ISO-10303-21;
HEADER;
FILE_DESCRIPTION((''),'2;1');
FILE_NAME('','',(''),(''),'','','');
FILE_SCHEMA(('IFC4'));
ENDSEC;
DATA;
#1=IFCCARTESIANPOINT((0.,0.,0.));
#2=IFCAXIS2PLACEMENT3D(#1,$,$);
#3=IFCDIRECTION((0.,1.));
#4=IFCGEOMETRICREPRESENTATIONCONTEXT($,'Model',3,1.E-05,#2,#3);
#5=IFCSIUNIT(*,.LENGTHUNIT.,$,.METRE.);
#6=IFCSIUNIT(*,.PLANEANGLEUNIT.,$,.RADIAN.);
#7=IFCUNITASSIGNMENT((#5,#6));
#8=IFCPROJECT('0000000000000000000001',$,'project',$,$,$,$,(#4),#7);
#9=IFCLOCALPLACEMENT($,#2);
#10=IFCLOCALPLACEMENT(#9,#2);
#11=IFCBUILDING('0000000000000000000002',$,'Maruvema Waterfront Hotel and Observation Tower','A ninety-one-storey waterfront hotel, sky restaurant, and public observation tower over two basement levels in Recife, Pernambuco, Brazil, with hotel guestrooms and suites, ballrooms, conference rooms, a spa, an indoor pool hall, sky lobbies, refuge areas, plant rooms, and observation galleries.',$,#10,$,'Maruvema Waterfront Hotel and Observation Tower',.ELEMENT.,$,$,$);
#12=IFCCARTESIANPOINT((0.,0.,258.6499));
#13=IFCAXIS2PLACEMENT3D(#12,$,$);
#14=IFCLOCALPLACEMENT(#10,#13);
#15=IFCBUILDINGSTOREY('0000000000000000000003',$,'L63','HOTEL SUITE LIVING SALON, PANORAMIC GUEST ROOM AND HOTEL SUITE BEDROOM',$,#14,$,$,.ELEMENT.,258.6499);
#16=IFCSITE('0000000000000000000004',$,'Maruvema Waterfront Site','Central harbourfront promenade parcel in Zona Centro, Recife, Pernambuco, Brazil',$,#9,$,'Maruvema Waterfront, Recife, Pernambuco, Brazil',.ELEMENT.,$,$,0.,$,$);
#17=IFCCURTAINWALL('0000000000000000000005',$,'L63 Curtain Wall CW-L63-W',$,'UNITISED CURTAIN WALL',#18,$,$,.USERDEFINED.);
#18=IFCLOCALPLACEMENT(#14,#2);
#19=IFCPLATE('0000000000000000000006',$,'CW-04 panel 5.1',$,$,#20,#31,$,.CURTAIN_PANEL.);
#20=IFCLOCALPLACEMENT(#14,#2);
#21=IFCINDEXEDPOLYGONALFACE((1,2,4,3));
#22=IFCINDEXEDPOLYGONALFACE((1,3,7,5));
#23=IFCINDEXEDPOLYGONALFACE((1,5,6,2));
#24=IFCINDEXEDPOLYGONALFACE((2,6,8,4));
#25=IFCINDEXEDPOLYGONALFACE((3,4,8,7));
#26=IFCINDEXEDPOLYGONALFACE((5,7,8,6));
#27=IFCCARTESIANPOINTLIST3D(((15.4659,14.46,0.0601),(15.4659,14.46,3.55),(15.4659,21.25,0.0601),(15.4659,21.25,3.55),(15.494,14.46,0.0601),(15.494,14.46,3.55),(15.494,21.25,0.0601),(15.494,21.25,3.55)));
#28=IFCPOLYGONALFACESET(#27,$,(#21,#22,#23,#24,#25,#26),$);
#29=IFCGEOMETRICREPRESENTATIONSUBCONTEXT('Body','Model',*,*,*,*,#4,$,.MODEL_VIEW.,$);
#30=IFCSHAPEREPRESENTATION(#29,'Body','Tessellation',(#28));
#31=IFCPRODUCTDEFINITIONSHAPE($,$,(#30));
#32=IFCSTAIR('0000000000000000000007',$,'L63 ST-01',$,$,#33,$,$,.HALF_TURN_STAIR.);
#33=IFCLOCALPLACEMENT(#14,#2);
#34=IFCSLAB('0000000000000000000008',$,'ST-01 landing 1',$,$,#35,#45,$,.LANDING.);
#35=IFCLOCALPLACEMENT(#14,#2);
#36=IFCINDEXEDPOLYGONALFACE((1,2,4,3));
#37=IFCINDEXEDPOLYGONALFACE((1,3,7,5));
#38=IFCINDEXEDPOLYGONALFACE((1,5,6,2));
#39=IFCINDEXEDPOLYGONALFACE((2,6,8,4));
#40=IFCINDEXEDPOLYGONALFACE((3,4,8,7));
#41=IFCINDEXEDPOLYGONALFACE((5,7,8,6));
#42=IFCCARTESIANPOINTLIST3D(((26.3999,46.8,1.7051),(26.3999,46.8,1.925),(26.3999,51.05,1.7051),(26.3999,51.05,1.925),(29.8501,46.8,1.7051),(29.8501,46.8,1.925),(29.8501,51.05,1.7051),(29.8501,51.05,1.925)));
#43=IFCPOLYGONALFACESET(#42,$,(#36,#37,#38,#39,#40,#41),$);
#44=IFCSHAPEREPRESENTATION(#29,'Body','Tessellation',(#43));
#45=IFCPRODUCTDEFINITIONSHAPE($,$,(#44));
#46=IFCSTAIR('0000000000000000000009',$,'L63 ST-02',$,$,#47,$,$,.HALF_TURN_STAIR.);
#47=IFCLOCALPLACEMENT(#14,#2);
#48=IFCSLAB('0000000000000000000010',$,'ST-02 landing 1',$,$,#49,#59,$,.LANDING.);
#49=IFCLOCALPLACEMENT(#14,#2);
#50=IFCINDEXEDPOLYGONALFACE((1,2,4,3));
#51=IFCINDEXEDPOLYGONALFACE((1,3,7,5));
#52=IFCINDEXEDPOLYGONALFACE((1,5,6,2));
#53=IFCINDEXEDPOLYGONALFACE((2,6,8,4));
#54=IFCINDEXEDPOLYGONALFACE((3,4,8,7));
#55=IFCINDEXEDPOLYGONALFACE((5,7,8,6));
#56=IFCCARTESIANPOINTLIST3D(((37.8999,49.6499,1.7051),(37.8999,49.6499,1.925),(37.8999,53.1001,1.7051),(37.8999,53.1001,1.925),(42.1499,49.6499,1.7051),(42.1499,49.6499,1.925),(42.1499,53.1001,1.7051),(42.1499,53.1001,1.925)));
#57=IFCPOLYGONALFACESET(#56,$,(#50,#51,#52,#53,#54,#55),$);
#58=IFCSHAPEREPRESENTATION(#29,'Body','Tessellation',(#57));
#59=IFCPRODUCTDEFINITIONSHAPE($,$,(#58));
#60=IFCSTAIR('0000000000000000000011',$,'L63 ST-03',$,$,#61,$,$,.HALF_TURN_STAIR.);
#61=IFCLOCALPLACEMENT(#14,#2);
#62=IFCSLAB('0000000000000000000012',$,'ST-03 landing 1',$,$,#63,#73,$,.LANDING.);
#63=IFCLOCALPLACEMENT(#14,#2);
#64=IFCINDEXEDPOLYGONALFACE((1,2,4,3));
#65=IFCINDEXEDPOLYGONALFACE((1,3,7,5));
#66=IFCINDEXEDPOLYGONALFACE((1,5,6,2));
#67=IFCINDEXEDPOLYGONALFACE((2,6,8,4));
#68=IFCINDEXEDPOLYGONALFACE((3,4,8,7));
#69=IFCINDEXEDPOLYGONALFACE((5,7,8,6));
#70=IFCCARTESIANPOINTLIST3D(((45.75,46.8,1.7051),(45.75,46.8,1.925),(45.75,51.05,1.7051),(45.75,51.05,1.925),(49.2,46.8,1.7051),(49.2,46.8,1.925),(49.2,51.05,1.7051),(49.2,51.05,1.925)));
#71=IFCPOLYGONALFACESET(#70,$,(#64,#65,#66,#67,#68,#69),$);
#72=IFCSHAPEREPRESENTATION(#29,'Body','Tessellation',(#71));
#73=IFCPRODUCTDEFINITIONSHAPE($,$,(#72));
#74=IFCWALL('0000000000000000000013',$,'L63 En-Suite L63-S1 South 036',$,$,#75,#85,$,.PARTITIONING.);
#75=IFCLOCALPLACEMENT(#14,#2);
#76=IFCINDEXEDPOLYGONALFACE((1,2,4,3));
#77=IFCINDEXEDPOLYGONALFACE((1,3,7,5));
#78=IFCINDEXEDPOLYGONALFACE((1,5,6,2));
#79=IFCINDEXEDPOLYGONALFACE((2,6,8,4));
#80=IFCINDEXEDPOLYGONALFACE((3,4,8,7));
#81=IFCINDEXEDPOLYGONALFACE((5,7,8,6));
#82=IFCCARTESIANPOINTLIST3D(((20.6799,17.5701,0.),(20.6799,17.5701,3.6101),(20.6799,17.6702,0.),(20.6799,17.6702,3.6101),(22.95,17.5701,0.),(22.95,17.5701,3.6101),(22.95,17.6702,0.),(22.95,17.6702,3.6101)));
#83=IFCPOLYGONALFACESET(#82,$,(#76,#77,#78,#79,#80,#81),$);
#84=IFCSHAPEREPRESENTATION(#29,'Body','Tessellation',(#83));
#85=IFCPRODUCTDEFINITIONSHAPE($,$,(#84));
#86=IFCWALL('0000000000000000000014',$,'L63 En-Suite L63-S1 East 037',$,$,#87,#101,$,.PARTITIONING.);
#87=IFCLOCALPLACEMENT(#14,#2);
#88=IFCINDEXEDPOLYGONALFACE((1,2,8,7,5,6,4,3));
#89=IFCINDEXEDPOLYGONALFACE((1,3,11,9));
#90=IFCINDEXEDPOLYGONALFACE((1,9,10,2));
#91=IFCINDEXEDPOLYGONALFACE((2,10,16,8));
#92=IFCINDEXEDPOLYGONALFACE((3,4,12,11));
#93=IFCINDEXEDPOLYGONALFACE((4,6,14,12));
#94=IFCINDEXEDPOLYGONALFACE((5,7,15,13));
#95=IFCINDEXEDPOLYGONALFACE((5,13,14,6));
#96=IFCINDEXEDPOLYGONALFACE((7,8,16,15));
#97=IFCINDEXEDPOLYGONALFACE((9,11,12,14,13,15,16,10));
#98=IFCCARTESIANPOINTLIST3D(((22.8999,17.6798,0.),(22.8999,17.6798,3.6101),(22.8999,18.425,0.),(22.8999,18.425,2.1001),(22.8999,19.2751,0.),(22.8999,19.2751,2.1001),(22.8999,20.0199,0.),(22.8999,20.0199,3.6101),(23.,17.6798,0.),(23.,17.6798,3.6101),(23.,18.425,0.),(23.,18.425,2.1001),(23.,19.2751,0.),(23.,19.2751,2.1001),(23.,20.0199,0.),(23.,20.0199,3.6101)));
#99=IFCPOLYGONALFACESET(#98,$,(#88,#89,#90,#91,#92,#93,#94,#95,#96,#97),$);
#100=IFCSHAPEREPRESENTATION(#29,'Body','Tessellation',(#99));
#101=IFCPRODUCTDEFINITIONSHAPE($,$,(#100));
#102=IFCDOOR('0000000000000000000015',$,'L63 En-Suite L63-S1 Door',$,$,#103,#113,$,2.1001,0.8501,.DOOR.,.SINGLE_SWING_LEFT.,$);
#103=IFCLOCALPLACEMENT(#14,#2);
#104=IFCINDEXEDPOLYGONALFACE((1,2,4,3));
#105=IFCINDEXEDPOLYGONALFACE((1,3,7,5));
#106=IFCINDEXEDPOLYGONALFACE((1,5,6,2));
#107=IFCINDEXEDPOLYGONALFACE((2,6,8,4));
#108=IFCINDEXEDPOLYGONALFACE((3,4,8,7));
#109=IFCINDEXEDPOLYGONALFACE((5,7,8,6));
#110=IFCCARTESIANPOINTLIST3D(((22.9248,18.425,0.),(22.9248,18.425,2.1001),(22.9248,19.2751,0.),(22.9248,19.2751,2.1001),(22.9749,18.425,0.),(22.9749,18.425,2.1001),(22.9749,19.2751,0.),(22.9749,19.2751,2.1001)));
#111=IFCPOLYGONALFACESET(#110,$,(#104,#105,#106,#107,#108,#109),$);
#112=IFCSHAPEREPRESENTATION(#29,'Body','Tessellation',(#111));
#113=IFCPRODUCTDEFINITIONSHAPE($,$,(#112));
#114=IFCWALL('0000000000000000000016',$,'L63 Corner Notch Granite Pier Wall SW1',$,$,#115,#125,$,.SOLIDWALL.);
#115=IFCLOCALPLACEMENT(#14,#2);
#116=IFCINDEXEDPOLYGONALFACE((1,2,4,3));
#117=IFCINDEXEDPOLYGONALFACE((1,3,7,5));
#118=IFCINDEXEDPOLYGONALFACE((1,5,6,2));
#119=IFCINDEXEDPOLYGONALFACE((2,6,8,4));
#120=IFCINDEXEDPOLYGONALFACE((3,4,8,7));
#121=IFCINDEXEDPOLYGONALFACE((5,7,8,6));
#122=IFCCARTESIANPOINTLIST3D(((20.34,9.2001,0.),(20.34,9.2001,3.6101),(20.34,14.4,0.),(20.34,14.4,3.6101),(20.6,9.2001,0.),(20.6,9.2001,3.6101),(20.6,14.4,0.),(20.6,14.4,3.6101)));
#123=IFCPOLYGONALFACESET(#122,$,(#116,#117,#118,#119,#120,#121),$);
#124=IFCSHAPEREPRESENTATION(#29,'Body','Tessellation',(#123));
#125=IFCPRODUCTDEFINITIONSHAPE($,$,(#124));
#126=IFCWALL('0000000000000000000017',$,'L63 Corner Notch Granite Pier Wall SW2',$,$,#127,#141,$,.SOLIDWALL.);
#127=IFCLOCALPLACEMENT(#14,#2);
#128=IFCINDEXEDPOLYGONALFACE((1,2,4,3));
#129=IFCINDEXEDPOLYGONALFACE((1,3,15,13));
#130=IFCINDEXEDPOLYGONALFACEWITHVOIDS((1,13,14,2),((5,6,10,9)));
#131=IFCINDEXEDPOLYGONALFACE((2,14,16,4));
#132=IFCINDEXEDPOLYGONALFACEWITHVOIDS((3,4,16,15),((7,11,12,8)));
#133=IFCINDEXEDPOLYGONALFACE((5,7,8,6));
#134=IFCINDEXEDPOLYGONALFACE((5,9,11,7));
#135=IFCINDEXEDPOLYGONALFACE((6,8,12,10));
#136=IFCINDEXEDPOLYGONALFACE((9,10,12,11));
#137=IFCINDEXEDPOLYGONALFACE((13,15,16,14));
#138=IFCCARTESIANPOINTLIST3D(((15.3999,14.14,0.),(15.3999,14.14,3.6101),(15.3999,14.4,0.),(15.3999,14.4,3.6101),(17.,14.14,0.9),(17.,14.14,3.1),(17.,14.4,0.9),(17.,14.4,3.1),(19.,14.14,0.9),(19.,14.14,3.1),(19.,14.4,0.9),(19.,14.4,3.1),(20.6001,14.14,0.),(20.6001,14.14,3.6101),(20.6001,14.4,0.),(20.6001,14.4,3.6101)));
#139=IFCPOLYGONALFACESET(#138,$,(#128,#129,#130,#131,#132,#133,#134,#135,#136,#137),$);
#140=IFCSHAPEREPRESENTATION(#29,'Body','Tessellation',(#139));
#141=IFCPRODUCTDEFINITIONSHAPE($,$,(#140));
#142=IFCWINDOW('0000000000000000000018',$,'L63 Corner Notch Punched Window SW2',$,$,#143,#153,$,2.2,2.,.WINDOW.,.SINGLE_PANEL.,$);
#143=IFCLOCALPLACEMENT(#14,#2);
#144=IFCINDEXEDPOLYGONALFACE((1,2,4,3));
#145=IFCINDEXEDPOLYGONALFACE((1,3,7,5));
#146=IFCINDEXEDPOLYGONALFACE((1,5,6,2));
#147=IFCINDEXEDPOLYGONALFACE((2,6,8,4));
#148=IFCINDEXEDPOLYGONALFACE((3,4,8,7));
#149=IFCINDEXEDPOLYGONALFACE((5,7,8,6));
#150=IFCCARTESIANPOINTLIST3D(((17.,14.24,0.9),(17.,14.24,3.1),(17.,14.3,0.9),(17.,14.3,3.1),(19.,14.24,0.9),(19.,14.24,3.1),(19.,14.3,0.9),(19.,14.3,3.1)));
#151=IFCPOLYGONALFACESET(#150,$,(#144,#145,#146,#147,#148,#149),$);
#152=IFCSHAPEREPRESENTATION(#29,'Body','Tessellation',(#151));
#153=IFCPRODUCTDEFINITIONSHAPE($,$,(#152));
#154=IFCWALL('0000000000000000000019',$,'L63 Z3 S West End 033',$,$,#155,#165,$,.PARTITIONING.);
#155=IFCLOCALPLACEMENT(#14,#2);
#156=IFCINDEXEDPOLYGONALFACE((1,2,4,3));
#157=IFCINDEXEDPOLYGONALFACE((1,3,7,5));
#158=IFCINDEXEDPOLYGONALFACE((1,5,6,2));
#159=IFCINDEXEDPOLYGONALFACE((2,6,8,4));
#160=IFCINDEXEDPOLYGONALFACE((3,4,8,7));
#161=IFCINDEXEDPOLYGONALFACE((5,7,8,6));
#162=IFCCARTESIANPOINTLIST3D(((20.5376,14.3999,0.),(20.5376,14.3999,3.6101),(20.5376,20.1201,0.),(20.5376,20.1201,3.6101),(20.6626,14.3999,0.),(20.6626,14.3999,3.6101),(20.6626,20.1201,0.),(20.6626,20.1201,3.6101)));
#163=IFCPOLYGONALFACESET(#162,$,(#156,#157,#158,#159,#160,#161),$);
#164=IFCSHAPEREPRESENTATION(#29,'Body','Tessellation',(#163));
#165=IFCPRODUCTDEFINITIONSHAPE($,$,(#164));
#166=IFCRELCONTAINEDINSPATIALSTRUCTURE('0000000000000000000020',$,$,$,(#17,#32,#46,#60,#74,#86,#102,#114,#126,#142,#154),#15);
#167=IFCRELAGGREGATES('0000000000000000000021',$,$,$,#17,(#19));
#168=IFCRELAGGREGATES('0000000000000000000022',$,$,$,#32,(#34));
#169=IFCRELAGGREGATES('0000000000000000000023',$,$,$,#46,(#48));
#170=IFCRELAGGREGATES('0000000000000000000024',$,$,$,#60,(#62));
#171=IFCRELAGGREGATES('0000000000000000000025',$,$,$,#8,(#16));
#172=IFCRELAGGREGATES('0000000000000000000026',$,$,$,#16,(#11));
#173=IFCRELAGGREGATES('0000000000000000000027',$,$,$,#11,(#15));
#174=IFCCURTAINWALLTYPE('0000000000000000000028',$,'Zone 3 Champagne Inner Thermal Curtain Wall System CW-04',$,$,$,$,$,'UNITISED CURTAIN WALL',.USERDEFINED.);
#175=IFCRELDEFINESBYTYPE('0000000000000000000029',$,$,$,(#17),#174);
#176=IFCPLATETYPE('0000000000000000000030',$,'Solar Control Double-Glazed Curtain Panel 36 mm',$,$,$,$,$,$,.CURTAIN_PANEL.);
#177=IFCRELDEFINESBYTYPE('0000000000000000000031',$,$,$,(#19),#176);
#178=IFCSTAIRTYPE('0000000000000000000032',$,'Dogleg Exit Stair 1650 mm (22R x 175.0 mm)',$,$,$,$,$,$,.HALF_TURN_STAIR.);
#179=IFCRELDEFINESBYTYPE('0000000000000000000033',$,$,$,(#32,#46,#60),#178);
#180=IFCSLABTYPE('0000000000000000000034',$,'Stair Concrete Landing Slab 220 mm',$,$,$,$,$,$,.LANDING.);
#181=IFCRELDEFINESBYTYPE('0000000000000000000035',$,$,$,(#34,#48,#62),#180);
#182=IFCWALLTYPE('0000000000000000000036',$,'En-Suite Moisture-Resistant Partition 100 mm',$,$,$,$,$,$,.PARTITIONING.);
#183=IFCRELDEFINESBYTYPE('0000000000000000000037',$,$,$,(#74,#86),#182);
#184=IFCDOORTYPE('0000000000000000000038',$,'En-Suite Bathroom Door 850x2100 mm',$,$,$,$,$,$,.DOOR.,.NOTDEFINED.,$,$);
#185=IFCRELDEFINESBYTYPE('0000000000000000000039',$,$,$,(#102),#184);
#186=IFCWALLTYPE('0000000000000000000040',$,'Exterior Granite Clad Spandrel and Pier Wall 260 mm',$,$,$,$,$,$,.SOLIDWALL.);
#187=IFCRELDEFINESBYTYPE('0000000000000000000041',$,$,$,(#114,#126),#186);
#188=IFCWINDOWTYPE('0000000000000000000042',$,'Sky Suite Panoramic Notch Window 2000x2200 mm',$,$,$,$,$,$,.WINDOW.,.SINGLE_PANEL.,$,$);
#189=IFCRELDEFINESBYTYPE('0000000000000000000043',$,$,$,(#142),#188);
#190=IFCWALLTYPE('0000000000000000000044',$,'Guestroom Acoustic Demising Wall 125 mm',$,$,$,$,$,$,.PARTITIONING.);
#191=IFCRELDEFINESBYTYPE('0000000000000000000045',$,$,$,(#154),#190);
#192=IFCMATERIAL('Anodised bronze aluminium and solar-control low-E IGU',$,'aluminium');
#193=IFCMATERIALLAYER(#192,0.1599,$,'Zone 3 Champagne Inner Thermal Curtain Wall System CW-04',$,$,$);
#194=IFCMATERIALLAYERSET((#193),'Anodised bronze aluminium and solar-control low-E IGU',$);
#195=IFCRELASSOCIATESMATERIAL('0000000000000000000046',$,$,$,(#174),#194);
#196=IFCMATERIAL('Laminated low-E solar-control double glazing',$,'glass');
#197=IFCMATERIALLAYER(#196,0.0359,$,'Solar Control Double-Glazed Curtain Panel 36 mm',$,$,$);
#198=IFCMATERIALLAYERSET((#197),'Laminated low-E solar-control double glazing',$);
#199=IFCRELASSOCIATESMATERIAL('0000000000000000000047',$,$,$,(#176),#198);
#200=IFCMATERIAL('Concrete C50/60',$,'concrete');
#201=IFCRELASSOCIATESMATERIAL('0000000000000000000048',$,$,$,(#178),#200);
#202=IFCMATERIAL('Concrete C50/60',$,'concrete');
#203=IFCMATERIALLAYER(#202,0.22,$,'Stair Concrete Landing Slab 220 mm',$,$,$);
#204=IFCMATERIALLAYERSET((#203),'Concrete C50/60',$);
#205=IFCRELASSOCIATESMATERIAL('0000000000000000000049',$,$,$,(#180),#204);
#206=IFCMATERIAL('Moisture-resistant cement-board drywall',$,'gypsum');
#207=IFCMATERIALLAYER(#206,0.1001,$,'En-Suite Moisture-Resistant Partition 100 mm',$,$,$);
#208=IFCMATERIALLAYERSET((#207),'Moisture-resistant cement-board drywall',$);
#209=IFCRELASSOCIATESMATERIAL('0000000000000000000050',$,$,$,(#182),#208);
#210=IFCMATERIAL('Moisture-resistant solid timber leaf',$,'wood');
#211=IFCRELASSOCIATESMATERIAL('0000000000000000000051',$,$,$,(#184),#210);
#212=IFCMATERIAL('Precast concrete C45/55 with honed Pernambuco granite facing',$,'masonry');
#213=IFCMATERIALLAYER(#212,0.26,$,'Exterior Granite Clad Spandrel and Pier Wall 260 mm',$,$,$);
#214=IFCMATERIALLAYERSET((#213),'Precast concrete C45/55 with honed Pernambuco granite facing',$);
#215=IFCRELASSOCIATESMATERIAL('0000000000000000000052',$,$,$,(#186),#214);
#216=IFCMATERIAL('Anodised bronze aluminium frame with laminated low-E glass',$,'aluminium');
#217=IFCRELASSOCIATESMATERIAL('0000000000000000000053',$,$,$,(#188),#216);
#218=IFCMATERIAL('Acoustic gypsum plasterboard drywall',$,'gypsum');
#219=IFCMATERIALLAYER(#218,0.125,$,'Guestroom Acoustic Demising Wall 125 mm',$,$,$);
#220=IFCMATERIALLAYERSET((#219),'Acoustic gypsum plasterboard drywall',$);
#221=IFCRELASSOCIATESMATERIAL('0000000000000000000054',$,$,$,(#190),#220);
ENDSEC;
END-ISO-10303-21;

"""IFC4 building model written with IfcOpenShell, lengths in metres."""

from ifc_helpers import new_model, si_unit, direction, frame, frame_2d, origin, origin_2d, place, context, subcontext, project, spatial, polyline, rectangle, outline, extrude, material, layer, layer_set, type_object, element, fill, aggregate, save


model = new_model("IFC4")

# Units and contexts
model_context = context("Model", 3, precision=1e-05, world=origin(), true_north=direction((0.0, 1.0)))
body_context = subcontext(model_context, "Body", "Model", "MODEL_VIEW")
ifc_project = project(units=[si_unit("LENGTHUNIT", "METRE"), si_unit("PLANEANGLEUNIT", "RADIAN")], contexts=[model_context])

# Site, building, storey
site_placement = place(None, origin())
site = spatial("IfcSite", under=ifc_project, at=site_placement, Name="Maruvema Waterfront Site", Description="Central harbourfront promenade parcel in Zona Centro, Recife, Pernambuco, Brazil", LongName="Maruvema Waterfront, Recife, Pernambuco, Brazil", CompositionType="ELEMENT", RefElevation=0.0)
building_placement = place(site_placement, origin())
building = spatial("IfcBuilding", under=site, at=building_placement, Name="Maruvema Waterfront Hotel and Observation Tower", Description="A ninety-one-storey waterfront hotel, sky restaurant, and public observation tower over two basement levels in Recife, Pernambuco, Brazil, with hotel guestrooms and suites, ballrooms, conference rooms, a spa, an indoor pool hall, sky lobbies, refuge areas, plant rooms, and observation galleries.", LongName="Maruvema Waterfront Hotel and Observation Tower", CompositionType="ELEMENT")
storey_placement = place(building_placement, frame((0.0, 0.0, 258.6499)))
storey = spatial("IfcBuildingStorey", under=building, at=storey_placement, Name="L63", Description="HOTEL SUITE LIVING SALON, PANORAMIC GUEST ROOM AND HOTEL SUITE BEDROOM", CompositionType="ELEMENT", Elevation=258.6499)

# Shared definitions
ifc_material_1 = material(Name="Anodised bronze aluminium and solar-control low-E IGU", Category="aluminium")
ifc_layer_1 = layer(ifc_material_1, 0.1599, Name="Zone 3 Champagne Inner Thermal Curtain Wall System CW-04")
ifc_layer_set_1 = layer_set([ifc_layer_1], Name="Anodised bronze aluminium and solar-control low-E IGU")
curtain_wall_type = type_object("IfcCurtainWallType", Name="Zone 3 Champagne Inner Thermal Curtain Wall System CW-04", ElementType="UNITISED CURTAIN WALL", PredefinedType="USERDEFINED", material=ifc_layer_set_1)

# Curtain wall
curtain_wall_1_placement = place(storey_placement, origin())
curtain_wall_1 = element("IfcCurtainWall", 1, at=curtain_wall_1_placement, inside=storey, type_object=curtain_wall_type, Name="L63 Curtain Wall CW-L63-W", ObjectType="UNITISED CURTAIN WALL", PredefinedType="USERDEFINED")

# Plate
ifc_material_2 = material(Name="Laminated low-E solar-control double glazing", Category="glass")
ifc_layer_2 = layer(ifc_material_2, 0.0359, Name="Solar Control Double-Glazed Curtain Panel 36 mm")
ifc_layer_set_2 = layer_set([ifc_layer_2], Name="Laminated low-E solar-control double glazing")
plate_type = type_object("IfcPlateType", Name="Solar Control Double-Glazed Curtain Panel 36 mm", PredefinedType="CURTAIN_PANEL", material=ifc_layer_set_2)
plate_1_placement = place(storey_placement, frame((15.48, 17.855, 0.0601), z_axis=(0.0, 0.0, 1.0), x_axis=(0.0, -1.0, 0.0)))
plate_1 = element("IfcPlate", 2, at=plate_1_placement, type_object=plate_type, Name="CW-04 panel 5.1", PredefinedType="CURTAIN_PANEL", context=body_context, shape_type="SweptSolid", body=[
    extrude(rectangle(XDim=6.79, YDim=0.0281, at=origin_2d()), origin(), (0.0, 0.0, 1.0), 3.49),
])
aggregate(curtain_wall_1, [plate_1])

# Stairs, slabs
ifc_material_3 = material(Name="Concrete C50/60", Category="concrete")
stair_type = type_object("IfcStairType", Name="Dogleg Exit Stair 1650 mm (22R x 175.0 mm)", PredefinedType="HALF_TURN_STAIR", material=ifc_material_3)
stair_1_placement = place(storey_placement, origin())
stair_1 = element("IfcStair", 3, at=stair_1_placement, inside=storey, type_object=stair_type, Name="L63 ST-01", PredefinedType="HALF_TURN_STAIR")
ifc_material_4 = material(Name="Concrete C50/60", Category="concrete")
ifc_layer_3 = layer(ifc_material_4, 0.22, Name="Stair Concrete Landing Slab 220 mm")
ifc_layer_set_3 = layer_set([ifc_layer_3], Name="Concrete C50/60")
slab_type_1 = type_object("IfcSlabType", Name="Stair Concrete Landing Slab 220 mm", PredefinedType="LANDING", material=ifc_layer_set_3)
slab_1_placement = place(storey_placement, frame((0.0, 0.0, 1.7051)))
slab_1 = element("IfcSlab", 4, at=slab_1_placement, type_object=slab_type_1, Name="ST-01 landing 1", PredefinedType="LANDING", context=body_context, shape_type="SweptSolid", body=[
    extrude(outline(polyline([(29.8501, 46.8), (29.8501, 51.05), (26.3999, 51.05), (26.3999, 46.8), (29.8501, 46.8)])), origin(), (0.0, 0.0, 1.0), 0.22),
])
aggregate(stair_1, [slab_1])
stair_2_placement = place(storey_placement, origin())
stair_2 = element("IfcStair", 5, at=stair_2_placement, inside=storey, type_object=stair_type, Name="L63 ST-02", PredefinedType="HALF_TURN_STAIR")
slab_2_placement = place(storey_placement, frame((0.0, 0.0, 1.7051)))
slab_2 = element("IfcSlab", 6, at=slab_2_placement, type_object=slab_type_1, Name="ST-02 landing 1", PredefinedType="LANDING", context=body_context, shape_type="SweptSolid", body=[
    extrude(outline(polyline([(37.8999, 49.6499), (42.1499, 49.6499), (42.1499, 53.1001), (37.8999, 53.1001), (37.8999, 49.6499)])), origin(), (0.0, 0.0, 1.0), 0.22),
])
aggregate(stair_2, [slab_2])
stair_3_placement = place(storey_placement, origin())
stair_3 = element("IfcStair", 7, at=stair_3_placement, inside=storey, type_object=stair_type, Name="L63 ST-03", PredefinedType="HALF_TURN_STAIR")
slab_3_placement = place(storey_placement, frame((0.0, 0.0, 1.7051)))
slab_3 = element("IfcSlab", 8, at=slab_3_placement, type_object=slab_type_1, Name="ST-03 landing 1", PredefinedType="LANDING", context=body_context, shape_type="SweptSolid", body=[
    extrude(outline(polyline([(49.2, 46.8), (49.2, 51.05), (45.75, 51.05), (45.75, 46.8), (49.2, 46.8)])), origin(), (0.0, 0.0, 1.0), 0.22),
])
aggregate(stair_3, [slab_3])

# Wall
ifc_material_5 = material(Name="Moisture-resistant cement-board drywall", Category="gypsum")
ifc_layer_4 = layer(ifc_material_5, 0.1001, Name="En-Suite Moisture-Resistant Partition 100 mm")
ifc_layer_set_4 = layer_set([ifc_layer_4], Name="Moisture-resistant cement-board drywall")
wall_type_1 = type_object("IfcWallType", Name="En-Suite Moisture-Resistant Partition 100 mm", PredefinedType="PARTITIONING", material=ifc_layer_set_4)
wall_1_placement = place(storey_placement, frame((20.6799, 17.6201, 0.0), z_axis=(0.0, 0.0, 1.0), x_axis=(1.0, 0.0, 0.0)))
element("IfcWall", 9, at=wall_1_placement, inside=storey, type_object=wall_type_1, Name="L63 En-Suite L63-S1 South 036", PredefinedType="PARTITIONING", context=body_context, shape_type="SweptSolid", body=[
    extrude(rectangle(XDim=2.27, YDim=0.1001, at=frame_2d((1.135, 0.0))), origin(), (0.0, 0.0, 1.0), 3.6101),
])

# Wall, opening, door
wall_2_placement = place(storey_placement, frame((22.95, 17.6799, 0.0), z_axis=(0.0, 0.0, 1.0), x_axis=(0.0, 1.0, 0.0)))
wall_2 = element("IfcWall", 10, at=wall_2_placement, inside=storey, type_object=wall_type_1, Name="L63 En-Suite L63-S1 East 037", PredefinedType="PARTITIONING", context=body_context, shape_type="SweptSolid", body=[
    extrude(rectangle(XDim=2.3401, YDim=0.1001, at=frame_2d((1.1699, 0.0))), origin(), (0.0, 0.0, 1.0), 3.6101),
])
opening_1_placement = place(wall_2_placement, frame((0.7451, 0.0, 0.0)))
opening_1 = element("IfcOpeningElement", 11, at=opening_1_placement, cuts=wall_2, PredefinedType="OPENING", context=body_context, shape_type="SweptSolid", body=[
    extrude(rectangle(XDim=0.8501, YDim=2.1001, at=frame_2d((0.425, 1.05))), frame((0.0, 0.0601, 0.0), z_axis=(0.0, -1.0, 0.0), x_axis=(1.0, 0.0, 0.0)), (0.0, 0.0, 1.0), 0.1201),
])
ifc_material_6 = material(Name="Moisture-resistant solid timber leaf", Category="wood")
door_type = type_object("IfcDoorType", Name="En-Suite Bathroom Door 850x2100 mm", OperationType="NOTDEFINED", PredefinedType="DOOR", material=ifc_material_6)
door_placement = place(opening_1_placement, frame((0.8501, 0.0, 0.0), z_axis=(0.0, 0.0, 1.0), x_axis=(-1.0, 0.0, 0.0)))
door = element("IfcDoor", 12, at=door_placement, inside=storey, type_object=door_type, Name="L63 En-Suite L63-S1 Door", OperationType="SINGLE_SWING_LEFT", OverallHeight=2.1001, OverallWidth=0.8501, PredefinedType="DOOR", context=body_context, shape_type="SweptSolid", body=[
    extrude(rectangle(XDim=0.8501, YDim=2.1001, at=frame_2d((0.425, 1.05))), frame((0.0, 0.0249, 0.0), z_axis=(0.0, -1.0, 0.0), x_axis=(1.0, 0.0, 0.0)), (0.0, 0.0, 1.0), 0.05),
])
fill(opening_1, door)

# Wall
ifc_material_7 = material(Name="Precast concrete C45/55 with honed Pernambuco granite facing", Category="masonry")
ifc_layer_5 = layer(ifc_material_7, 0.26, Name="Exterior Granite Clad Spandrel and Pier Wall 260 mm")
ifc_layer_set_5 = layer_set([ifc_layer_5], Name="Precast concrete C45/55 with honed Pernambuco granite facing")
wall_type_2 = type_object("IfcWallType", Name="Exterior Granite Clad Spandrel and Pier Wall 260 mm", PredefinedType="SOLIDWALL", material=ifc_layer_set_5)
wall_3_placement = place(storey_placement, frame((20.47, 9.2, 0.0), z_axis=(0.0, 0.0, 1.0), x_axis=(0.0, 1.0, 0.0)))
element("IfcWall", 13, at=wall_3_placement, inside=storey, type_object=wall_type_2, Name="L63 Corner Notch Granite Pier Wall SW1", PredefinedType="SOLIDWALL", context=body_context, shape_type="SweptSolid", body=[
    extrude(rectangle(XDim=5.2, YDim=0.26, at=frame_2d((2.6001, 0.0))), origin(), (0.0, 0.0, 1.0), 3.6101),
])

# Wall, opening, window
wall_4_placement = place(storey_placement, frame((20.6001, 14.27, 0.0), z_axis=(0.0, 0.0, 1.0), x_axis=(-1.0, 0.0, 0.0)))
wall_4 = element("IfcWall", 14, at=wall_4_placement, inside=storey, type_object=wall_type_2, Name="L63 Corner Notch Granite Pier Wall SW2", PredefinedType="SOLIDWALL", context=body_context, shape_type="SweptSolid", body=[
    extrude(rectangle(XDim=5.2002, YDim=0.26, at=frame_2d((2.6001, 0.0))), origin(), (0.0, 0.0, 1.0), 3.6101),
])
opening_2_placement = place(wall_4_placement, frame((1.6001, 0.0, 0.8999)))
opening_2 = element("IfcOpeningElement", 15, at=opening_2_placement, cuts=wall_4, PredefinedType="OPENING", context=body_context, shape_type="SweptSolid", body=[
    extrude(rectangle(XDim=2.0, YDim=2.2, at=frame_2d((1.0, 1.1001))), frame((0.0, 0.1401, 0.0), z_axis=(0.0, -1.0, 0.0), x_axis=(1.0, 0.0, 0.0)), (0.0, 0.0, 1.0), 0.28),
])
ifc_material_8 = material(Name="Anodised bronze aluminium frame with laminated low-E glass", Category="aluminium")
window_type = type_object("IfcWindowType", Name="Sky Suite Panoramic Notch Window 2000x2200 mm", PartitioningType="SINGLE_PANEL", PredefinedType="WINDOW", material=ifc_material_8)
window_placement = place(opening_2_placement, origin())
window = element("IfcWindow", 16, at=window_placement, inside=storey, type_object=window_type, Name="L63 Corner Notch Punched Window SW2", OverallHeight=2.2, OverallWidth=2.0, PartitioningType="SINGLE_PANEL", PredefinedType="WINDOW", context=body_context, shape_type="SweptSolid", body=[
    extrude(rectangle(XDim=2.0, YDim=2.2, at=frame_2d((1.0, 1.1001))), frame((0.0, 0.03, 0.0), z_axis=(0.0, -1.0, 0.0), x_axis=(1.0, 0.0, 0.0)), (0.0, 0.0, 1.0), 0.0601),
])
fill(opening_2, window)

# Wall
ifc_material_9 = material(Name="Acoustic gypsum plasterboard drywall", Category="gypsum")
ifc_layer_6 = layer(ifc_material_9, 0.125, Name="Guestroom Acoustic Demising Wall 125 mm")
ifc_layer_set_6 = layer_set([ifc_layer_6], Name="Acoustic gypsum plasterboard drywall")
wall_type_3 = type_object("IfcWallType", Name="Guestroom Acoustic Demising Wall 125 mm", PredefinedType="PARTITIONING", material=ifc_layer_set_6)
wall_5_placement = place(storey_placement, frame((20.6001, 14.3999, 0.0), z_axis=(0.0, 0.0, 1.0), x_axis=(0.0, 1.0, 0.0)))
element("IfcWall", 17, at=wall_5_placement, inside=storey, type_object=wall_type_3, Name="L63 Z3 S West End 033", PredefinedType="PARTITIONING", context=body_context, shape_type="SweptSolid", body=[
    extrude(rectangle(XDim=5.7202, YDim=0.125, at=frame_2d((2.8601, 0.0))), origin(), (0.0, 0.0, 1.0), 3.6101),
])

save(model, "model.ifc")
